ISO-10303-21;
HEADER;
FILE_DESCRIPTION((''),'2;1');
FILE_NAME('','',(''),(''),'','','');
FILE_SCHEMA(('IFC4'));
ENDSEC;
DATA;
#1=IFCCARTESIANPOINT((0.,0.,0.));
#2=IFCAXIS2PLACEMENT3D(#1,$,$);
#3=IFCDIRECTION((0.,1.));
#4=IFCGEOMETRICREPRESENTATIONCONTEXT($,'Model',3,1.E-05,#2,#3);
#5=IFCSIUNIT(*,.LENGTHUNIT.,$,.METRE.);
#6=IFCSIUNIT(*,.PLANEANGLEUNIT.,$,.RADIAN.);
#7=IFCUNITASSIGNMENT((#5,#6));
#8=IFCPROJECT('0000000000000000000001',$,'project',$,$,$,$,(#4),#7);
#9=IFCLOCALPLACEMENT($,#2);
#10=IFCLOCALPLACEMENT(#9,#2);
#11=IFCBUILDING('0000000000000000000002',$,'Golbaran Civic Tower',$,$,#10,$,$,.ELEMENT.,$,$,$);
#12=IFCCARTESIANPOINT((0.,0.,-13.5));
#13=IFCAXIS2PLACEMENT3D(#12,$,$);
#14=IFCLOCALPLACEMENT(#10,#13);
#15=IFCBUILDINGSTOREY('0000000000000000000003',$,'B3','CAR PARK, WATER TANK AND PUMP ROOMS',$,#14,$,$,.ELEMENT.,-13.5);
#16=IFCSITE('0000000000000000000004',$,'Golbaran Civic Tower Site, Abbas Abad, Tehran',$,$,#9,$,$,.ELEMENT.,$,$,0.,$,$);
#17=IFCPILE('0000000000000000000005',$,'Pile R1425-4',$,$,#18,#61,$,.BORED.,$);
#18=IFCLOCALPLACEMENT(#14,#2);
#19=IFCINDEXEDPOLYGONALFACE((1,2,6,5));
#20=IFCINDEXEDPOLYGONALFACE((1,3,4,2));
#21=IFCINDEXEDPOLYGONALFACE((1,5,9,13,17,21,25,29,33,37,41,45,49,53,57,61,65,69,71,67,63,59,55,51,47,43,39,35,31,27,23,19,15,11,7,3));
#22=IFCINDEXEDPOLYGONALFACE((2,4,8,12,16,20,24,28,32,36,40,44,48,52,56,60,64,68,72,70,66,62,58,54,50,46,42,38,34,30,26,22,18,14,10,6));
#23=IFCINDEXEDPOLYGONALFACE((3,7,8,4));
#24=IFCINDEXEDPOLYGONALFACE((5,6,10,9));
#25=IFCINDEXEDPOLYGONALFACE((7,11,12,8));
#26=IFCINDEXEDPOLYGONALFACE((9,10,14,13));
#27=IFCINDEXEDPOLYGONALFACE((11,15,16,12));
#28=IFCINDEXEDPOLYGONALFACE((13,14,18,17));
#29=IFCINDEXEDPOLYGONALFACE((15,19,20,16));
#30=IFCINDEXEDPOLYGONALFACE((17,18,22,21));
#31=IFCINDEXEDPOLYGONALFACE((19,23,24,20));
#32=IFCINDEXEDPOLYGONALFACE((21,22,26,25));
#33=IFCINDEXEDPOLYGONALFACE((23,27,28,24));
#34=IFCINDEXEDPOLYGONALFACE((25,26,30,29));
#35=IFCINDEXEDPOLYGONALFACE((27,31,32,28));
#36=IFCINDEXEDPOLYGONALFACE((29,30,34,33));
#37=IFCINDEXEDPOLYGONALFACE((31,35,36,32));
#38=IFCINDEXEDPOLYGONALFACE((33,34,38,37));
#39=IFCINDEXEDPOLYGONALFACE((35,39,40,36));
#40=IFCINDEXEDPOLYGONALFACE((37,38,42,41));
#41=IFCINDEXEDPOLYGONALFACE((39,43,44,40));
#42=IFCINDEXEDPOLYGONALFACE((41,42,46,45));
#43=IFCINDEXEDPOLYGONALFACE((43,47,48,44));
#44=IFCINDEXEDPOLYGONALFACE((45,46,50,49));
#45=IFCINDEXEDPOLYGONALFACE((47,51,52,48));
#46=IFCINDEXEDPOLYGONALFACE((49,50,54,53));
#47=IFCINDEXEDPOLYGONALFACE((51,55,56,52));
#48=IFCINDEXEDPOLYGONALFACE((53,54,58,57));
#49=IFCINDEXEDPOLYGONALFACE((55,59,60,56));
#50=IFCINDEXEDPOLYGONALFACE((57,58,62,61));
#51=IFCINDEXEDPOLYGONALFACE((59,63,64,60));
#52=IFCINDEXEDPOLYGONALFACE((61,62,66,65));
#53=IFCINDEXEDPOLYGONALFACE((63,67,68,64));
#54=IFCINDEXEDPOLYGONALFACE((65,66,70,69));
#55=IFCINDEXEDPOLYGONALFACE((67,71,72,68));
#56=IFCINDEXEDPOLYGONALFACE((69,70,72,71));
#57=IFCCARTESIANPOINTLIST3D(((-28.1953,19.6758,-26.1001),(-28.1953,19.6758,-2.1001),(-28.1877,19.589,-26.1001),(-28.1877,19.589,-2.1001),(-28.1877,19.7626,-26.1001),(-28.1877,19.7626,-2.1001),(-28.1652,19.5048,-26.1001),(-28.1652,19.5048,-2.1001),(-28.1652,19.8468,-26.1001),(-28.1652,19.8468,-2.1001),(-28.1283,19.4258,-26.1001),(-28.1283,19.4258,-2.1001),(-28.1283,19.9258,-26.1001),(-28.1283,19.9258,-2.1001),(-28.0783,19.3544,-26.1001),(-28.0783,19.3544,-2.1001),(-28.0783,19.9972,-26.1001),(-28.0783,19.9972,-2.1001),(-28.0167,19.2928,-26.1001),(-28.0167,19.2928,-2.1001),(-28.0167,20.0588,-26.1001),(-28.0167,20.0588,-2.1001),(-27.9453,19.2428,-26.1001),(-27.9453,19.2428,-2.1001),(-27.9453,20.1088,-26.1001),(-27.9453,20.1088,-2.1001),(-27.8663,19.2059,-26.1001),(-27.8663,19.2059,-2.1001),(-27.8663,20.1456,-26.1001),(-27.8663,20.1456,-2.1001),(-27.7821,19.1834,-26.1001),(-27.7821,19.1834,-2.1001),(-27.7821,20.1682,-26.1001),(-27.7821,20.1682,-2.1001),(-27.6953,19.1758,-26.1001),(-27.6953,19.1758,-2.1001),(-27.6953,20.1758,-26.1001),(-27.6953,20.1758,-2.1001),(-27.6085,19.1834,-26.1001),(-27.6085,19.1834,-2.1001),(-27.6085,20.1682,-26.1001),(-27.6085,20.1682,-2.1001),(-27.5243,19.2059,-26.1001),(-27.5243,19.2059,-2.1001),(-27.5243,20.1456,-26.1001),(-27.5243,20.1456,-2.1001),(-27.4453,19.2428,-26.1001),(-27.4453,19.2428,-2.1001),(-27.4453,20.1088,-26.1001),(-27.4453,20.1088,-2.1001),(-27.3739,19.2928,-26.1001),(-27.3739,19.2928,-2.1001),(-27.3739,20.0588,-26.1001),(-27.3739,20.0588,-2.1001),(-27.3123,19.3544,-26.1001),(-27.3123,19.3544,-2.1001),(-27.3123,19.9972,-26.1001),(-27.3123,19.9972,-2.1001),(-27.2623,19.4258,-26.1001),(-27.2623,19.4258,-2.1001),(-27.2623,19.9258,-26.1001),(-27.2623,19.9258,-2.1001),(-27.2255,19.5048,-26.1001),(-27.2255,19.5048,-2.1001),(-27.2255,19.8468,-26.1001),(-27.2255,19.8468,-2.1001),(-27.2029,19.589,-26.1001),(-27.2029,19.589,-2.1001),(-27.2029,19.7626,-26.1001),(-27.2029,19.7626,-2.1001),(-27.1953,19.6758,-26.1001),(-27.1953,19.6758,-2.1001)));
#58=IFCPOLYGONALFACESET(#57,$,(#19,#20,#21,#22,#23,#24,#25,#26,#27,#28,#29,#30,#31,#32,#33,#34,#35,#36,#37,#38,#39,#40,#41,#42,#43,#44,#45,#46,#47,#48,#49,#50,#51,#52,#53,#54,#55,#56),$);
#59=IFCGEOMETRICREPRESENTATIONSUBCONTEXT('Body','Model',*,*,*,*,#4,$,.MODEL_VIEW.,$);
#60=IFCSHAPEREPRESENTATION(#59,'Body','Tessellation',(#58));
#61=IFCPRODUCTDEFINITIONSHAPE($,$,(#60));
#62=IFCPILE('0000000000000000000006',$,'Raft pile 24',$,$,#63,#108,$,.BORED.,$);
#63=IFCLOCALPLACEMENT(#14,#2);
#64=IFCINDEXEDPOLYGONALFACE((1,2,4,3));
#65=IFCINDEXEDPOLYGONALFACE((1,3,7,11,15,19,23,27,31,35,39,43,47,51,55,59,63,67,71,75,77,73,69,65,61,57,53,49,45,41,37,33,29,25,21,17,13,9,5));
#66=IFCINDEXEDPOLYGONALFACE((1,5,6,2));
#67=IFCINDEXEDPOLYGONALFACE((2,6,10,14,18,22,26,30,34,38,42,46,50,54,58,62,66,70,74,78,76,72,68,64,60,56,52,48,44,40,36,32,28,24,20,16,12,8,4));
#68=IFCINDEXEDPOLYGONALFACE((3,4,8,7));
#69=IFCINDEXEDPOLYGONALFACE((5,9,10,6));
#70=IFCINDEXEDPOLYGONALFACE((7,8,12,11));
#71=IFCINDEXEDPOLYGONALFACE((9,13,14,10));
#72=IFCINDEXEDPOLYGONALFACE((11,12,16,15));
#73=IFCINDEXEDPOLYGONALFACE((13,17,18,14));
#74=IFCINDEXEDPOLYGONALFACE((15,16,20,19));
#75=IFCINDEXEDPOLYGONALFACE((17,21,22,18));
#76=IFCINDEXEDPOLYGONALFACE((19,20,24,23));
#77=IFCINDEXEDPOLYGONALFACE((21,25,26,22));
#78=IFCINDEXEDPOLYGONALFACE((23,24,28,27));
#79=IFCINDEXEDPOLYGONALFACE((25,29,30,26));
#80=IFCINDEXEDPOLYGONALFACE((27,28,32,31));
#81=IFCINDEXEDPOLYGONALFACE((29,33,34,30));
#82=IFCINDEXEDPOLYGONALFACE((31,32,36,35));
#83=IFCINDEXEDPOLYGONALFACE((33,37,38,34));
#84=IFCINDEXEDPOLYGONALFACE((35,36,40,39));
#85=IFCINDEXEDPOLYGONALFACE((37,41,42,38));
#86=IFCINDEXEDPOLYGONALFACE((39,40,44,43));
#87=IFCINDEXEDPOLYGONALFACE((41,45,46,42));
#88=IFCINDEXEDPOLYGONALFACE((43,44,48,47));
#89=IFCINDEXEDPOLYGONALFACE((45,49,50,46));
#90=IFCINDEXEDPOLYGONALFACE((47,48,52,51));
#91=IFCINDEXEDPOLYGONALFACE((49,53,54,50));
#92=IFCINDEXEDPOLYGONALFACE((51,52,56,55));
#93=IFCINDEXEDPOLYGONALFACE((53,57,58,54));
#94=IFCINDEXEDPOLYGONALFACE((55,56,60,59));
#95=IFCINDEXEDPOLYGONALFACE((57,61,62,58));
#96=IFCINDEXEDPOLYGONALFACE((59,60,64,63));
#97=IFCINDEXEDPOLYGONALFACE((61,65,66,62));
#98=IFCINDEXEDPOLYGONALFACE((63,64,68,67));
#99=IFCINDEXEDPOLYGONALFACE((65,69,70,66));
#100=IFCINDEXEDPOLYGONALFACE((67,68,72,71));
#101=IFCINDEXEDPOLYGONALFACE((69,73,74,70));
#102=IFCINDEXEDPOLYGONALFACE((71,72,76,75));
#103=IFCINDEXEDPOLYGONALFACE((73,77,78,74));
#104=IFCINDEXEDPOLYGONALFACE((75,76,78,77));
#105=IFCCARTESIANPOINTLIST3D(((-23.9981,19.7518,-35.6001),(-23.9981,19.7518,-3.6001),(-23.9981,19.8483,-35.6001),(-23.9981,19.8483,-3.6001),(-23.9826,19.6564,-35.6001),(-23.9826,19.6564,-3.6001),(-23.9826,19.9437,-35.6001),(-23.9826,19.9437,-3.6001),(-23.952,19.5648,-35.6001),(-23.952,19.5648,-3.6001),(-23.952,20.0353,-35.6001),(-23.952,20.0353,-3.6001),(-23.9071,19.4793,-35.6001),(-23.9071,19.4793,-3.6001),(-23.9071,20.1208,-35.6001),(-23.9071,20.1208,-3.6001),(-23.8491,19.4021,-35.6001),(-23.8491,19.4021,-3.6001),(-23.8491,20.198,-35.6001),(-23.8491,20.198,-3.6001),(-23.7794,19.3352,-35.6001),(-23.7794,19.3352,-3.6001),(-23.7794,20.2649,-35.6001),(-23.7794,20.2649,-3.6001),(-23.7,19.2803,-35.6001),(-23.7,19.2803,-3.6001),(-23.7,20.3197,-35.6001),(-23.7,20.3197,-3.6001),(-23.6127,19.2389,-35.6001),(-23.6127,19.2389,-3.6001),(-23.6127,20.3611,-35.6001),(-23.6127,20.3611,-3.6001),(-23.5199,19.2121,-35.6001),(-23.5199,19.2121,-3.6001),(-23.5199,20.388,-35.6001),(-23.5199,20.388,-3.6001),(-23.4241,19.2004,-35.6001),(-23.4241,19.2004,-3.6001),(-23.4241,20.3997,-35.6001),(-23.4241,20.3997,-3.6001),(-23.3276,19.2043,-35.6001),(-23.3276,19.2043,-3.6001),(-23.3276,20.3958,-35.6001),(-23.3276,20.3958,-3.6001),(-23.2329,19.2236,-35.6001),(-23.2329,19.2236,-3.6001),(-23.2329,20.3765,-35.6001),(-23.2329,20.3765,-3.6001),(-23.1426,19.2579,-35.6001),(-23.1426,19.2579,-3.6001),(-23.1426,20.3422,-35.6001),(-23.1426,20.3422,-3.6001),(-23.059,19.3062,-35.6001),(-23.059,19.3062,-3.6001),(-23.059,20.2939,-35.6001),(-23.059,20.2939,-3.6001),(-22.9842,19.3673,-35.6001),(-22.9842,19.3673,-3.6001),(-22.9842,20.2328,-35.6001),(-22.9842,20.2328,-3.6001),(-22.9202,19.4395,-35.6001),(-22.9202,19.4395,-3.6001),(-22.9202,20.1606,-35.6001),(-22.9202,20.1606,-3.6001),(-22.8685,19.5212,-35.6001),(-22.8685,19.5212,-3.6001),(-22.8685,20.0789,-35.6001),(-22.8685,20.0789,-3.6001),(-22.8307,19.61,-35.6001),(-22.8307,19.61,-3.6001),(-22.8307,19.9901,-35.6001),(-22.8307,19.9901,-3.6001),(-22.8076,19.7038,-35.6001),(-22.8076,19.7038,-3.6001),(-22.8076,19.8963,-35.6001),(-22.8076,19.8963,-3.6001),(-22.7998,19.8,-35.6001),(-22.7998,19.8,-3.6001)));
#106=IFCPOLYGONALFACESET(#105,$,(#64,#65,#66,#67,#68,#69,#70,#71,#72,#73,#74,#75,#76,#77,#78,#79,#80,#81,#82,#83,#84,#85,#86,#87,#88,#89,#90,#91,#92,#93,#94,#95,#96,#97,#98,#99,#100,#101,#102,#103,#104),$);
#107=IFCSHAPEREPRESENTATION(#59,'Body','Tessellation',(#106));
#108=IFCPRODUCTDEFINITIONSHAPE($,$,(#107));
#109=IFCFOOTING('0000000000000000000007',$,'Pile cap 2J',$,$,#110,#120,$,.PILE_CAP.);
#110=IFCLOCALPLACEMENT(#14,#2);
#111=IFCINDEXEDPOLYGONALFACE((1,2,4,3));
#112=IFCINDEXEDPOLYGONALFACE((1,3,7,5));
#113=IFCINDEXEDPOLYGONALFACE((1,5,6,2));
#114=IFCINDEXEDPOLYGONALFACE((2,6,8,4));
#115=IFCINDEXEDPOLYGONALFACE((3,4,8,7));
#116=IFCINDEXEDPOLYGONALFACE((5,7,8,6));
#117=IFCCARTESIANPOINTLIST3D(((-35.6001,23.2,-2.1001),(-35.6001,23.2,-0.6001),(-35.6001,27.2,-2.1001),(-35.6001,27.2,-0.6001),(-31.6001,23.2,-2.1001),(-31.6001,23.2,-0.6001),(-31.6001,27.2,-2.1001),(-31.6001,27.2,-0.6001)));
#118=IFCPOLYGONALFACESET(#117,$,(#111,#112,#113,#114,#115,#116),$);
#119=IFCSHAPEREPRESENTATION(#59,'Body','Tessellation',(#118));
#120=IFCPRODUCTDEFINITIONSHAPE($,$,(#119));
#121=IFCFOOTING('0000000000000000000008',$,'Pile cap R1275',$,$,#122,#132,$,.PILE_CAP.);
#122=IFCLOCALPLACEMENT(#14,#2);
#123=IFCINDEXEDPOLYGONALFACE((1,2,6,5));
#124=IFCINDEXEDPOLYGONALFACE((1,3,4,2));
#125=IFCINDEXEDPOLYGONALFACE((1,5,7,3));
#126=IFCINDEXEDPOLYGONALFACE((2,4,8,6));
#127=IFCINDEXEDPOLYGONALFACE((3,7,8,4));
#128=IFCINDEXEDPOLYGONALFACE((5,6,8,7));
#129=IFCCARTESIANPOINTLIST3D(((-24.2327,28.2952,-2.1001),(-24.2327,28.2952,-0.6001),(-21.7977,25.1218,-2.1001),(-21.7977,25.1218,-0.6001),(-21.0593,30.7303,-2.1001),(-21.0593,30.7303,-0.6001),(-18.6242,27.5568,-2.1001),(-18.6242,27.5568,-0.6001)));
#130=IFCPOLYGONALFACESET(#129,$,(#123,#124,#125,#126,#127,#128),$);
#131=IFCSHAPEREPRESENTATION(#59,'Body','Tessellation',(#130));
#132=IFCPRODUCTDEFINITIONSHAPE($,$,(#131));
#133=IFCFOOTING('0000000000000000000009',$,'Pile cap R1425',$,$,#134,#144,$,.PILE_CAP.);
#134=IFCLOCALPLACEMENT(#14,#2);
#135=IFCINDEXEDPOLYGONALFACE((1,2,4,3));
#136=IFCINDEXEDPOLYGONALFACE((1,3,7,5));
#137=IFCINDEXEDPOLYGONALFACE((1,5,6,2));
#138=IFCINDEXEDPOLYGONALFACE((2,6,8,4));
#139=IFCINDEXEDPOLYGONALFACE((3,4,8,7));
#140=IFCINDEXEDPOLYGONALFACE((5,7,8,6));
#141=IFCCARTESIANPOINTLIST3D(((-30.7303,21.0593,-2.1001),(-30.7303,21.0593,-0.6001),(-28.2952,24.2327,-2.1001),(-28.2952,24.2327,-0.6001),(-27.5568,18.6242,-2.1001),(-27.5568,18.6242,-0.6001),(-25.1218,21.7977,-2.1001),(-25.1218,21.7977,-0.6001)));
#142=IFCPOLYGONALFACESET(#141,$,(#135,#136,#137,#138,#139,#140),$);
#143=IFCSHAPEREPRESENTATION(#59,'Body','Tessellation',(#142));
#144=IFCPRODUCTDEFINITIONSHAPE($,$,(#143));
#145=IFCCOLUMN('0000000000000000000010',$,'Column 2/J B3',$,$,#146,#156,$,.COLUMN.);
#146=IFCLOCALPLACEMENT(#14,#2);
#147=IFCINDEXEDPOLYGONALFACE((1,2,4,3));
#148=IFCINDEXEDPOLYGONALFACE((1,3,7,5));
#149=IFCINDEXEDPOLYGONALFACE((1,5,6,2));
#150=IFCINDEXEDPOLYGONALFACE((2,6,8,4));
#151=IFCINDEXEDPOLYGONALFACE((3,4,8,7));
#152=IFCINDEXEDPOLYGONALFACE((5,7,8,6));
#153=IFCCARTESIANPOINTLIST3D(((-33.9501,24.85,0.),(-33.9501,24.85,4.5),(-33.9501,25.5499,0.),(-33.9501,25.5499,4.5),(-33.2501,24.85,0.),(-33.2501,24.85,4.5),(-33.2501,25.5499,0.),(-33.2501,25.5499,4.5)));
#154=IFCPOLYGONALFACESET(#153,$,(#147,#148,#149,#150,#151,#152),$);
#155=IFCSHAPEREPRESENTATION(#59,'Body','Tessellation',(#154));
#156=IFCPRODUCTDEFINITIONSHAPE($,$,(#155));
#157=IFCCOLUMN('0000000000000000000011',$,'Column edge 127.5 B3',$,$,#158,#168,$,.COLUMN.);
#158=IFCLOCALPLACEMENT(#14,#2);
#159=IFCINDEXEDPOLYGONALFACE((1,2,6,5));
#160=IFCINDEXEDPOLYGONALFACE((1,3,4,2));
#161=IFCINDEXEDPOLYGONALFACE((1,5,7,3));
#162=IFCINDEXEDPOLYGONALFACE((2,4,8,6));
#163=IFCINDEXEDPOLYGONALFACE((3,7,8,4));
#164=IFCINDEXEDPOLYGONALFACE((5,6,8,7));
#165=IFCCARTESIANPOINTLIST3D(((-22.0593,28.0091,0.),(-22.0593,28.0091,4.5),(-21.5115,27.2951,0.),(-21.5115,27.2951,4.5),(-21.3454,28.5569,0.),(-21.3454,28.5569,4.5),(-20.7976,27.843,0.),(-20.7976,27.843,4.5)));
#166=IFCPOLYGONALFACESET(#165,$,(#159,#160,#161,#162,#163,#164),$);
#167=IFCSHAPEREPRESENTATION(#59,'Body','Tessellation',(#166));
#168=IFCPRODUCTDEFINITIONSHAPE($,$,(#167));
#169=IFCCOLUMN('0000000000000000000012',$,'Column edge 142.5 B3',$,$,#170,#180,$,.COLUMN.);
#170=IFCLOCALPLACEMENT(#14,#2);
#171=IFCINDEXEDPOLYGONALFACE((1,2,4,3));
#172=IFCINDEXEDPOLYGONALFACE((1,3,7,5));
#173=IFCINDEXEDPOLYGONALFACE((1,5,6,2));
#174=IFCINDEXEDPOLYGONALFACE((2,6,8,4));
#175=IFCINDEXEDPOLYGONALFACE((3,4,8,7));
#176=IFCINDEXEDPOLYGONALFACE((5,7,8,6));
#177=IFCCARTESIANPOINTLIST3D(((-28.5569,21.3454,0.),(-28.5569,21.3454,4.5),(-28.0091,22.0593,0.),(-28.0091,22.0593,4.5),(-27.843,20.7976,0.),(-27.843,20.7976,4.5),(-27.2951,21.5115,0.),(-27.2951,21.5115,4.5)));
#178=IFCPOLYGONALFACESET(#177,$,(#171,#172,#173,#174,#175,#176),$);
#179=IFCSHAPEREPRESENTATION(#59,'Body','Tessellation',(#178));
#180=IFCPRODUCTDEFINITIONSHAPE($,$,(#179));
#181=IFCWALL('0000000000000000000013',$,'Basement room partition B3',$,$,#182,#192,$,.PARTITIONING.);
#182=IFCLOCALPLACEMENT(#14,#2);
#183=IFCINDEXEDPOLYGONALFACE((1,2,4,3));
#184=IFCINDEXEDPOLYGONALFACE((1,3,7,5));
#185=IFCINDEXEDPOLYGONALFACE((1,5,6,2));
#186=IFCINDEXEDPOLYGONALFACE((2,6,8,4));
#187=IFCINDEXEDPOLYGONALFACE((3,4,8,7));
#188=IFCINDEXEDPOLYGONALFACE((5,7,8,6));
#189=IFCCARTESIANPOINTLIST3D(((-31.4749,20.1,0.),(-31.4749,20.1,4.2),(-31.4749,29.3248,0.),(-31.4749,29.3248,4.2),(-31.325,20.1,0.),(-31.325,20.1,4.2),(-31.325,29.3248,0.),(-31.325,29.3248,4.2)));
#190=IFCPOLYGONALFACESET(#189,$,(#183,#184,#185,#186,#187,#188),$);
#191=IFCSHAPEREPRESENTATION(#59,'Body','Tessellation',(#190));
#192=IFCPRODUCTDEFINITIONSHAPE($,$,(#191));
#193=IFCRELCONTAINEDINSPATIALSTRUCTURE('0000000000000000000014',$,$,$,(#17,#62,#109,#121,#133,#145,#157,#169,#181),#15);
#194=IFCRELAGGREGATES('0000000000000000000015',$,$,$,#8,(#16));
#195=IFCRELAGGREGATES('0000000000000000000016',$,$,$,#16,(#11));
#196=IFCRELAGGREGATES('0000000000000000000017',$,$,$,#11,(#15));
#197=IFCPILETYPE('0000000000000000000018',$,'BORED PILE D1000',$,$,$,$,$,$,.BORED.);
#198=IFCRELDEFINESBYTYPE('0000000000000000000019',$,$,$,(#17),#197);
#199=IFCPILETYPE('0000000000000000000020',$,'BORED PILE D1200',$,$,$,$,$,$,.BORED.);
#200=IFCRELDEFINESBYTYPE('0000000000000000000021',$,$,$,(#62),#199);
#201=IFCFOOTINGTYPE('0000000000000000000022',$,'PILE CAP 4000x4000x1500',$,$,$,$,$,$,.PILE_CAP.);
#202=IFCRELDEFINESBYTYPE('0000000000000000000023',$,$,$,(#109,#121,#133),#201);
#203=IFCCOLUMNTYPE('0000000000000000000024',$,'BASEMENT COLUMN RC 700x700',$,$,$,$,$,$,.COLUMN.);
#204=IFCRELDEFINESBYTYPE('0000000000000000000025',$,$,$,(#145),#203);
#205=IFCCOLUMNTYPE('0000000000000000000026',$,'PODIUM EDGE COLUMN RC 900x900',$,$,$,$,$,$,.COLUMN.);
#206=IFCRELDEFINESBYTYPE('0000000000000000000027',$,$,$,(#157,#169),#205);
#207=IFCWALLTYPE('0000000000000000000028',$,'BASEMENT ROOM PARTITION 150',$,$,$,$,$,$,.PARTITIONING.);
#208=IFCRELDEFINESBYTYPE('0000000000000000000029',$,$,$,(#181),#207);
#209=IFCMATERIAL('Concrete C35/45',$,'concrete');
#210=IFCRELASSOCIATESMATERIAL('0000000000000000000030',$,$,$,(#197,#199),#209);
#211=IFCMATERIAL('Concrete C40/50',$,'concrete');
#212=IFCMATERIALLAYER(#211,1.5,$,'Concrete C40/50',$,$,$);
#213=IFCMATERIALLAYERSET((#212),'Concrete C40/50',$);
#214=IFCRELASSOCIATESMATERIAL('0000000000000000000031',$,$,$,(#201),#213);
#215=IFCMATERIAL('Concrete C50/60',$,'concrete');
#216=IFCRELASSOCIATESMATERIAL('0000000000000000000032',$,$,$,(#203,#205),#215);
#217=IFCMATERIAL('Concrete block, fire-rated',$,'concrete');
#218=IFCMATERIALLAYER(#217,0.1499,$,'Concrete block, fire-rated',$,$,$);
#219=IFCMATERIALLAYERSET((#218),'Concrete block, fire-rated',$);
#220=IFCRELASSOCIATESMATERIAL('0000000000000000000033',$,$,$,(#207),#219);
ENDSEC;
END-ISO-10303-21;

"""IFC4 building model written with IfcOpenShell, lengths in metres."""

from ifc_helpers import new_model, si_unit, direction, frame, frame_2d, origin, origin_2d, place, context, subcontext, project, spatial, rectangle, circle, extrude, material, layer, layer_set, material_profile, profile_set, type_object, element, save


model = new_model("IFC4")

# Units and contexts
model_context = context("Model", 3, precision=1e-05, world=origin(), true_north=direction((0.0, 1.0)))
body_context = subcontext(model_context, "Body", "Model", "MODEL_VIEW")
ifc_project = project(units=[si_unit("LENGTHUNIT", "METRE"), si_unit("PLANEANGLEUNIT", "RADIAN")], contexts=[model_context])

# Site, building, storey
site_placement = place(None, origin())
site = spatial("IfcSite", under=ifc_project, at=site_placement, Name="Golbaran Civic Tower Site, Abbas Abad, Tehran", CompositionType="ELEMENT", RefElevation=0.0)
building_placement = place(site_placement, origin())
building = spatial("IfcBuilding", under=site, at=building_placement, Name="Golbaran Civic Tower", CompositionType="ELEMENT")
storey_placement = place(building_placement, frame((0.0, 0.0, -13.5)))
storey = spatial("IfcBuildingStorey", under=building, at=storey_placement, Name="B3", Description="CAR PARK, WATER TANK AND PUMP ROOMS", CompositionType="ELEMENT", Elevation=-13.5)

# Piles
ifc_material_1 = material(Name="Concrete C35/45", Category="concrete")
ifc_material_profile_1 = material_profile(ifc_material_1, circle(Radius=0.5, at=origin_2d()), Name="BORED PILE D1000")
ifc_profile_set_1 = profile_set([ifc_material_profile_1], Name="Concrete C35/45")
pile_type_1 = type_object("IfcPileType", Name="BORED PILE D1000", PredefinedType="BORED", material=ifc_profile_set_1)
for number, where, z_axis, x_axis, name in (
    (1, (-27.6953, 19.6758, -2.1001), (0.0, 0.0, -1.0), (1.0, 0.0, 0.0), "Pile R1425-4"),
):
    element("IfcPile", number, at=place(storey_placement, frame(where, z_axis=z_axis, x_axis=x_axis)), inside=storey, type_object=pile_type_1, Name=name, PredefinedType="BORED", context=body_context, shape_type="SweptSolid", body=[
        extrude(circle(Radius=0.5, at=origin_2d()), origin(), (0.0, 0.0, 1.0), 24.0),
    ])
ifc_material_profile_2 = material_profile(ifc_material_1, circle(Radius=0.6001, at=origin_2d()), Name="BORED PILE D1200")
ifc_profile_set_2 = profile_set([ifc_material_profile_2], Name="Concrete C35/45")
pile_type_2 = type_object("IfcPileType", Name="BORED PILE D1200", PredefinedType="BORED", material=ifc_profile_set_2)
pile_placement = place(storey_placement, frame((-23.3999, 19.8, -3.6001), z_axis=(0.0, 0.0, -1.0), x_axis=(1.0, 0.0, 0.0)))
element("IfcPile", 2, at=pile_placement, inside=storey, type_object=pile_type_2, Name="Raft pile 24", PredefinedType="BORED", context=body_context, shape_type="SweptSolid", body=[
    extrude(circle(Radius=0.6001, at=origin_2d()), origin(), (0.0, 0.0, 1.0), 32.0),
])

# Footings
ifc_material_2 = material(Name="Concrete C40/50", Category="concrete")
ifc_layer_1 = layer(ifc_material_2, 1.5, Name="Concrete C40/50")
ifc_layer_set_1 = layer_set([ifc_layer_1], Name="Concrete C40/50")
footing_type = type_object("IfcFootingType", Name="PILE CAP 4000x4000x1500", PredefinedType="PILE_CAP", material=ifc_layer_set_1)
for number, where, z_axis, x_axis, name in (
    (3, (-33.6001, 25.2, -2.1001), (0.0, 0.0, 1.0), (1.0, 0.0, 0.0), "Pile cap 2J"),
    (4, (-21.4285, 27.926, -2.1001), (0.0, 0.0, 1.0), (-0.608761, 0.793353, 0.0), "Pile cap R1275"),
    (5, (-27.926, 21.4285, -2.1001), (0.0, 0.0, 1.0), (-0.793353, 0.608761, 0.0), "Pile cap R1425"),
):
    element("IfcFooting", number, at=place(storey_placement, frame(where, z_axis=z_axis, x_axis=x_axis)), inside=storey, type_object=footing_type, Name=name, PredefinedType="PILE_CAP", context=body_context, shape_type="SweptSolid", body=[
        extrude(rectangle(XDim=4.0, YDim=4.0, at=origin_2d()), origin(), (0.0, 0.0, 1.0), 1.5),
    ])

# Columns
ifc_material_3 = material(Name="Concrete C50/60", Category="concrete")
ifc_material_profile_3 = material_profile(ifc_material_3, rectangle(XDim=0.7, YDim=0.7, at=origin_2d()), Name="RC 700x700")
ifc_profile_set_3 = profile_set([ifc_material_profile_3], Name="Concrete C50/60")
column_type_1 = type_object("IfcColumnType", Name="BASEMENT COLUMN RC 700x700", PredefinedType="COLUMN", material=ifc_profile_set_3)
column_placement = place(storey_placement, frame((-33.6001, 25.2, 0.0), z_axis=(0.0, 0.0, 1.0), x_axis=(1.0, 0.0, 0.0)))
element("IfcColumn", 6, at=column_placement, inside=storey, type_object=column_type_1, Name="Column 2/J B3", PredefinedType="COLUMN", context=body_context, shape_type="SweptSolid", body=[
    extrude(rectangle(XDim=0.7, YDim=0.7, at=origin_2d()), origin(), (0.0, 0.0, 1.0), 4.5),
])
ifc_material_profile_4 = material_profile(ifc_material_3, rectangle(XDim=0.8999, YDim=0.8999, at=origin_2d()), Name="RC 900x900")
ifc_profile_set_4 = profile_set([ifc_material_profile_4], Name="Concrete C50/60")
column_type_2 = type_object("IfcColumnType", Name="PODIUM EDGE COLUMN RC 900x900", PredefinedType="COLUMN", material=ifc_profile_set_4)
for number, where, z_axis, x_axis, name in (
    (7, (-21.4285, 27.926, 0.0), (0.0, 0.0, 1.0), (-0.608761, 0.793353, 0.0), "Column edge 127.5 B3"),
    (8, (-27.926, 21.4285, 0.0), (0.0, 0.0, 1.0), (-0.793353, 0.608761, 0.0), "Column edge 142.5 B3"),
):
    element("IfcColumn", number, at=place(storey_placement, frame(where, z_axis=z_axis, x_axis=x_axis)), inside=storey, type_object=column_type_2, Name=name, PredefinedType="COLUMN", context=body_context, shape_type="SweptSolid", body=[
        extrude(rectangle(XDim=0.8999, YDim=0.8999, at=origin_2d()), origin(), (0.0, 0.0, 1.0), 4.5),
    ])

# Wall
ifc_material_4 = material(Name="Concrete block, fire-rated", Category="concrete")
ifc_layer_2 = layer(ifc_material_4, 0.1499, Name="Concrete block, fire-rated")
ifc_layer_set_2 = layer_set([ifc_layer_2], Name="Concrete block, fire-rated")
wall_type_1 = type_object("IfcWallType", Name="BASEMENT ROOM PARTITION 150", PredefinedType="PARTITIONING", material=ifc_layer_set_2)
wall_1_placement = place(storey_placement, frame((-31.3999, 20.1001, 0.0), z_axis=(0.0, 0.0, 1.0), x_axis=(0.0, 1.0, 0.0)))
element("IfcWall", 9, at=wall_1_placement, inside=storey, type_object=wall_type_1, Name="Basement room partition B3", PredefinedType="PARTITIONING", context=body_context, shape_type="SweptSolid", body=[
    extrude(rectangle(XDim=9.2249, YDim=0.1499, at=frame_2d((4.6123, 0.0))), origin(), (0.0, 0.0, 1.0), 4.2),
])

save(model, "model.ifc")
